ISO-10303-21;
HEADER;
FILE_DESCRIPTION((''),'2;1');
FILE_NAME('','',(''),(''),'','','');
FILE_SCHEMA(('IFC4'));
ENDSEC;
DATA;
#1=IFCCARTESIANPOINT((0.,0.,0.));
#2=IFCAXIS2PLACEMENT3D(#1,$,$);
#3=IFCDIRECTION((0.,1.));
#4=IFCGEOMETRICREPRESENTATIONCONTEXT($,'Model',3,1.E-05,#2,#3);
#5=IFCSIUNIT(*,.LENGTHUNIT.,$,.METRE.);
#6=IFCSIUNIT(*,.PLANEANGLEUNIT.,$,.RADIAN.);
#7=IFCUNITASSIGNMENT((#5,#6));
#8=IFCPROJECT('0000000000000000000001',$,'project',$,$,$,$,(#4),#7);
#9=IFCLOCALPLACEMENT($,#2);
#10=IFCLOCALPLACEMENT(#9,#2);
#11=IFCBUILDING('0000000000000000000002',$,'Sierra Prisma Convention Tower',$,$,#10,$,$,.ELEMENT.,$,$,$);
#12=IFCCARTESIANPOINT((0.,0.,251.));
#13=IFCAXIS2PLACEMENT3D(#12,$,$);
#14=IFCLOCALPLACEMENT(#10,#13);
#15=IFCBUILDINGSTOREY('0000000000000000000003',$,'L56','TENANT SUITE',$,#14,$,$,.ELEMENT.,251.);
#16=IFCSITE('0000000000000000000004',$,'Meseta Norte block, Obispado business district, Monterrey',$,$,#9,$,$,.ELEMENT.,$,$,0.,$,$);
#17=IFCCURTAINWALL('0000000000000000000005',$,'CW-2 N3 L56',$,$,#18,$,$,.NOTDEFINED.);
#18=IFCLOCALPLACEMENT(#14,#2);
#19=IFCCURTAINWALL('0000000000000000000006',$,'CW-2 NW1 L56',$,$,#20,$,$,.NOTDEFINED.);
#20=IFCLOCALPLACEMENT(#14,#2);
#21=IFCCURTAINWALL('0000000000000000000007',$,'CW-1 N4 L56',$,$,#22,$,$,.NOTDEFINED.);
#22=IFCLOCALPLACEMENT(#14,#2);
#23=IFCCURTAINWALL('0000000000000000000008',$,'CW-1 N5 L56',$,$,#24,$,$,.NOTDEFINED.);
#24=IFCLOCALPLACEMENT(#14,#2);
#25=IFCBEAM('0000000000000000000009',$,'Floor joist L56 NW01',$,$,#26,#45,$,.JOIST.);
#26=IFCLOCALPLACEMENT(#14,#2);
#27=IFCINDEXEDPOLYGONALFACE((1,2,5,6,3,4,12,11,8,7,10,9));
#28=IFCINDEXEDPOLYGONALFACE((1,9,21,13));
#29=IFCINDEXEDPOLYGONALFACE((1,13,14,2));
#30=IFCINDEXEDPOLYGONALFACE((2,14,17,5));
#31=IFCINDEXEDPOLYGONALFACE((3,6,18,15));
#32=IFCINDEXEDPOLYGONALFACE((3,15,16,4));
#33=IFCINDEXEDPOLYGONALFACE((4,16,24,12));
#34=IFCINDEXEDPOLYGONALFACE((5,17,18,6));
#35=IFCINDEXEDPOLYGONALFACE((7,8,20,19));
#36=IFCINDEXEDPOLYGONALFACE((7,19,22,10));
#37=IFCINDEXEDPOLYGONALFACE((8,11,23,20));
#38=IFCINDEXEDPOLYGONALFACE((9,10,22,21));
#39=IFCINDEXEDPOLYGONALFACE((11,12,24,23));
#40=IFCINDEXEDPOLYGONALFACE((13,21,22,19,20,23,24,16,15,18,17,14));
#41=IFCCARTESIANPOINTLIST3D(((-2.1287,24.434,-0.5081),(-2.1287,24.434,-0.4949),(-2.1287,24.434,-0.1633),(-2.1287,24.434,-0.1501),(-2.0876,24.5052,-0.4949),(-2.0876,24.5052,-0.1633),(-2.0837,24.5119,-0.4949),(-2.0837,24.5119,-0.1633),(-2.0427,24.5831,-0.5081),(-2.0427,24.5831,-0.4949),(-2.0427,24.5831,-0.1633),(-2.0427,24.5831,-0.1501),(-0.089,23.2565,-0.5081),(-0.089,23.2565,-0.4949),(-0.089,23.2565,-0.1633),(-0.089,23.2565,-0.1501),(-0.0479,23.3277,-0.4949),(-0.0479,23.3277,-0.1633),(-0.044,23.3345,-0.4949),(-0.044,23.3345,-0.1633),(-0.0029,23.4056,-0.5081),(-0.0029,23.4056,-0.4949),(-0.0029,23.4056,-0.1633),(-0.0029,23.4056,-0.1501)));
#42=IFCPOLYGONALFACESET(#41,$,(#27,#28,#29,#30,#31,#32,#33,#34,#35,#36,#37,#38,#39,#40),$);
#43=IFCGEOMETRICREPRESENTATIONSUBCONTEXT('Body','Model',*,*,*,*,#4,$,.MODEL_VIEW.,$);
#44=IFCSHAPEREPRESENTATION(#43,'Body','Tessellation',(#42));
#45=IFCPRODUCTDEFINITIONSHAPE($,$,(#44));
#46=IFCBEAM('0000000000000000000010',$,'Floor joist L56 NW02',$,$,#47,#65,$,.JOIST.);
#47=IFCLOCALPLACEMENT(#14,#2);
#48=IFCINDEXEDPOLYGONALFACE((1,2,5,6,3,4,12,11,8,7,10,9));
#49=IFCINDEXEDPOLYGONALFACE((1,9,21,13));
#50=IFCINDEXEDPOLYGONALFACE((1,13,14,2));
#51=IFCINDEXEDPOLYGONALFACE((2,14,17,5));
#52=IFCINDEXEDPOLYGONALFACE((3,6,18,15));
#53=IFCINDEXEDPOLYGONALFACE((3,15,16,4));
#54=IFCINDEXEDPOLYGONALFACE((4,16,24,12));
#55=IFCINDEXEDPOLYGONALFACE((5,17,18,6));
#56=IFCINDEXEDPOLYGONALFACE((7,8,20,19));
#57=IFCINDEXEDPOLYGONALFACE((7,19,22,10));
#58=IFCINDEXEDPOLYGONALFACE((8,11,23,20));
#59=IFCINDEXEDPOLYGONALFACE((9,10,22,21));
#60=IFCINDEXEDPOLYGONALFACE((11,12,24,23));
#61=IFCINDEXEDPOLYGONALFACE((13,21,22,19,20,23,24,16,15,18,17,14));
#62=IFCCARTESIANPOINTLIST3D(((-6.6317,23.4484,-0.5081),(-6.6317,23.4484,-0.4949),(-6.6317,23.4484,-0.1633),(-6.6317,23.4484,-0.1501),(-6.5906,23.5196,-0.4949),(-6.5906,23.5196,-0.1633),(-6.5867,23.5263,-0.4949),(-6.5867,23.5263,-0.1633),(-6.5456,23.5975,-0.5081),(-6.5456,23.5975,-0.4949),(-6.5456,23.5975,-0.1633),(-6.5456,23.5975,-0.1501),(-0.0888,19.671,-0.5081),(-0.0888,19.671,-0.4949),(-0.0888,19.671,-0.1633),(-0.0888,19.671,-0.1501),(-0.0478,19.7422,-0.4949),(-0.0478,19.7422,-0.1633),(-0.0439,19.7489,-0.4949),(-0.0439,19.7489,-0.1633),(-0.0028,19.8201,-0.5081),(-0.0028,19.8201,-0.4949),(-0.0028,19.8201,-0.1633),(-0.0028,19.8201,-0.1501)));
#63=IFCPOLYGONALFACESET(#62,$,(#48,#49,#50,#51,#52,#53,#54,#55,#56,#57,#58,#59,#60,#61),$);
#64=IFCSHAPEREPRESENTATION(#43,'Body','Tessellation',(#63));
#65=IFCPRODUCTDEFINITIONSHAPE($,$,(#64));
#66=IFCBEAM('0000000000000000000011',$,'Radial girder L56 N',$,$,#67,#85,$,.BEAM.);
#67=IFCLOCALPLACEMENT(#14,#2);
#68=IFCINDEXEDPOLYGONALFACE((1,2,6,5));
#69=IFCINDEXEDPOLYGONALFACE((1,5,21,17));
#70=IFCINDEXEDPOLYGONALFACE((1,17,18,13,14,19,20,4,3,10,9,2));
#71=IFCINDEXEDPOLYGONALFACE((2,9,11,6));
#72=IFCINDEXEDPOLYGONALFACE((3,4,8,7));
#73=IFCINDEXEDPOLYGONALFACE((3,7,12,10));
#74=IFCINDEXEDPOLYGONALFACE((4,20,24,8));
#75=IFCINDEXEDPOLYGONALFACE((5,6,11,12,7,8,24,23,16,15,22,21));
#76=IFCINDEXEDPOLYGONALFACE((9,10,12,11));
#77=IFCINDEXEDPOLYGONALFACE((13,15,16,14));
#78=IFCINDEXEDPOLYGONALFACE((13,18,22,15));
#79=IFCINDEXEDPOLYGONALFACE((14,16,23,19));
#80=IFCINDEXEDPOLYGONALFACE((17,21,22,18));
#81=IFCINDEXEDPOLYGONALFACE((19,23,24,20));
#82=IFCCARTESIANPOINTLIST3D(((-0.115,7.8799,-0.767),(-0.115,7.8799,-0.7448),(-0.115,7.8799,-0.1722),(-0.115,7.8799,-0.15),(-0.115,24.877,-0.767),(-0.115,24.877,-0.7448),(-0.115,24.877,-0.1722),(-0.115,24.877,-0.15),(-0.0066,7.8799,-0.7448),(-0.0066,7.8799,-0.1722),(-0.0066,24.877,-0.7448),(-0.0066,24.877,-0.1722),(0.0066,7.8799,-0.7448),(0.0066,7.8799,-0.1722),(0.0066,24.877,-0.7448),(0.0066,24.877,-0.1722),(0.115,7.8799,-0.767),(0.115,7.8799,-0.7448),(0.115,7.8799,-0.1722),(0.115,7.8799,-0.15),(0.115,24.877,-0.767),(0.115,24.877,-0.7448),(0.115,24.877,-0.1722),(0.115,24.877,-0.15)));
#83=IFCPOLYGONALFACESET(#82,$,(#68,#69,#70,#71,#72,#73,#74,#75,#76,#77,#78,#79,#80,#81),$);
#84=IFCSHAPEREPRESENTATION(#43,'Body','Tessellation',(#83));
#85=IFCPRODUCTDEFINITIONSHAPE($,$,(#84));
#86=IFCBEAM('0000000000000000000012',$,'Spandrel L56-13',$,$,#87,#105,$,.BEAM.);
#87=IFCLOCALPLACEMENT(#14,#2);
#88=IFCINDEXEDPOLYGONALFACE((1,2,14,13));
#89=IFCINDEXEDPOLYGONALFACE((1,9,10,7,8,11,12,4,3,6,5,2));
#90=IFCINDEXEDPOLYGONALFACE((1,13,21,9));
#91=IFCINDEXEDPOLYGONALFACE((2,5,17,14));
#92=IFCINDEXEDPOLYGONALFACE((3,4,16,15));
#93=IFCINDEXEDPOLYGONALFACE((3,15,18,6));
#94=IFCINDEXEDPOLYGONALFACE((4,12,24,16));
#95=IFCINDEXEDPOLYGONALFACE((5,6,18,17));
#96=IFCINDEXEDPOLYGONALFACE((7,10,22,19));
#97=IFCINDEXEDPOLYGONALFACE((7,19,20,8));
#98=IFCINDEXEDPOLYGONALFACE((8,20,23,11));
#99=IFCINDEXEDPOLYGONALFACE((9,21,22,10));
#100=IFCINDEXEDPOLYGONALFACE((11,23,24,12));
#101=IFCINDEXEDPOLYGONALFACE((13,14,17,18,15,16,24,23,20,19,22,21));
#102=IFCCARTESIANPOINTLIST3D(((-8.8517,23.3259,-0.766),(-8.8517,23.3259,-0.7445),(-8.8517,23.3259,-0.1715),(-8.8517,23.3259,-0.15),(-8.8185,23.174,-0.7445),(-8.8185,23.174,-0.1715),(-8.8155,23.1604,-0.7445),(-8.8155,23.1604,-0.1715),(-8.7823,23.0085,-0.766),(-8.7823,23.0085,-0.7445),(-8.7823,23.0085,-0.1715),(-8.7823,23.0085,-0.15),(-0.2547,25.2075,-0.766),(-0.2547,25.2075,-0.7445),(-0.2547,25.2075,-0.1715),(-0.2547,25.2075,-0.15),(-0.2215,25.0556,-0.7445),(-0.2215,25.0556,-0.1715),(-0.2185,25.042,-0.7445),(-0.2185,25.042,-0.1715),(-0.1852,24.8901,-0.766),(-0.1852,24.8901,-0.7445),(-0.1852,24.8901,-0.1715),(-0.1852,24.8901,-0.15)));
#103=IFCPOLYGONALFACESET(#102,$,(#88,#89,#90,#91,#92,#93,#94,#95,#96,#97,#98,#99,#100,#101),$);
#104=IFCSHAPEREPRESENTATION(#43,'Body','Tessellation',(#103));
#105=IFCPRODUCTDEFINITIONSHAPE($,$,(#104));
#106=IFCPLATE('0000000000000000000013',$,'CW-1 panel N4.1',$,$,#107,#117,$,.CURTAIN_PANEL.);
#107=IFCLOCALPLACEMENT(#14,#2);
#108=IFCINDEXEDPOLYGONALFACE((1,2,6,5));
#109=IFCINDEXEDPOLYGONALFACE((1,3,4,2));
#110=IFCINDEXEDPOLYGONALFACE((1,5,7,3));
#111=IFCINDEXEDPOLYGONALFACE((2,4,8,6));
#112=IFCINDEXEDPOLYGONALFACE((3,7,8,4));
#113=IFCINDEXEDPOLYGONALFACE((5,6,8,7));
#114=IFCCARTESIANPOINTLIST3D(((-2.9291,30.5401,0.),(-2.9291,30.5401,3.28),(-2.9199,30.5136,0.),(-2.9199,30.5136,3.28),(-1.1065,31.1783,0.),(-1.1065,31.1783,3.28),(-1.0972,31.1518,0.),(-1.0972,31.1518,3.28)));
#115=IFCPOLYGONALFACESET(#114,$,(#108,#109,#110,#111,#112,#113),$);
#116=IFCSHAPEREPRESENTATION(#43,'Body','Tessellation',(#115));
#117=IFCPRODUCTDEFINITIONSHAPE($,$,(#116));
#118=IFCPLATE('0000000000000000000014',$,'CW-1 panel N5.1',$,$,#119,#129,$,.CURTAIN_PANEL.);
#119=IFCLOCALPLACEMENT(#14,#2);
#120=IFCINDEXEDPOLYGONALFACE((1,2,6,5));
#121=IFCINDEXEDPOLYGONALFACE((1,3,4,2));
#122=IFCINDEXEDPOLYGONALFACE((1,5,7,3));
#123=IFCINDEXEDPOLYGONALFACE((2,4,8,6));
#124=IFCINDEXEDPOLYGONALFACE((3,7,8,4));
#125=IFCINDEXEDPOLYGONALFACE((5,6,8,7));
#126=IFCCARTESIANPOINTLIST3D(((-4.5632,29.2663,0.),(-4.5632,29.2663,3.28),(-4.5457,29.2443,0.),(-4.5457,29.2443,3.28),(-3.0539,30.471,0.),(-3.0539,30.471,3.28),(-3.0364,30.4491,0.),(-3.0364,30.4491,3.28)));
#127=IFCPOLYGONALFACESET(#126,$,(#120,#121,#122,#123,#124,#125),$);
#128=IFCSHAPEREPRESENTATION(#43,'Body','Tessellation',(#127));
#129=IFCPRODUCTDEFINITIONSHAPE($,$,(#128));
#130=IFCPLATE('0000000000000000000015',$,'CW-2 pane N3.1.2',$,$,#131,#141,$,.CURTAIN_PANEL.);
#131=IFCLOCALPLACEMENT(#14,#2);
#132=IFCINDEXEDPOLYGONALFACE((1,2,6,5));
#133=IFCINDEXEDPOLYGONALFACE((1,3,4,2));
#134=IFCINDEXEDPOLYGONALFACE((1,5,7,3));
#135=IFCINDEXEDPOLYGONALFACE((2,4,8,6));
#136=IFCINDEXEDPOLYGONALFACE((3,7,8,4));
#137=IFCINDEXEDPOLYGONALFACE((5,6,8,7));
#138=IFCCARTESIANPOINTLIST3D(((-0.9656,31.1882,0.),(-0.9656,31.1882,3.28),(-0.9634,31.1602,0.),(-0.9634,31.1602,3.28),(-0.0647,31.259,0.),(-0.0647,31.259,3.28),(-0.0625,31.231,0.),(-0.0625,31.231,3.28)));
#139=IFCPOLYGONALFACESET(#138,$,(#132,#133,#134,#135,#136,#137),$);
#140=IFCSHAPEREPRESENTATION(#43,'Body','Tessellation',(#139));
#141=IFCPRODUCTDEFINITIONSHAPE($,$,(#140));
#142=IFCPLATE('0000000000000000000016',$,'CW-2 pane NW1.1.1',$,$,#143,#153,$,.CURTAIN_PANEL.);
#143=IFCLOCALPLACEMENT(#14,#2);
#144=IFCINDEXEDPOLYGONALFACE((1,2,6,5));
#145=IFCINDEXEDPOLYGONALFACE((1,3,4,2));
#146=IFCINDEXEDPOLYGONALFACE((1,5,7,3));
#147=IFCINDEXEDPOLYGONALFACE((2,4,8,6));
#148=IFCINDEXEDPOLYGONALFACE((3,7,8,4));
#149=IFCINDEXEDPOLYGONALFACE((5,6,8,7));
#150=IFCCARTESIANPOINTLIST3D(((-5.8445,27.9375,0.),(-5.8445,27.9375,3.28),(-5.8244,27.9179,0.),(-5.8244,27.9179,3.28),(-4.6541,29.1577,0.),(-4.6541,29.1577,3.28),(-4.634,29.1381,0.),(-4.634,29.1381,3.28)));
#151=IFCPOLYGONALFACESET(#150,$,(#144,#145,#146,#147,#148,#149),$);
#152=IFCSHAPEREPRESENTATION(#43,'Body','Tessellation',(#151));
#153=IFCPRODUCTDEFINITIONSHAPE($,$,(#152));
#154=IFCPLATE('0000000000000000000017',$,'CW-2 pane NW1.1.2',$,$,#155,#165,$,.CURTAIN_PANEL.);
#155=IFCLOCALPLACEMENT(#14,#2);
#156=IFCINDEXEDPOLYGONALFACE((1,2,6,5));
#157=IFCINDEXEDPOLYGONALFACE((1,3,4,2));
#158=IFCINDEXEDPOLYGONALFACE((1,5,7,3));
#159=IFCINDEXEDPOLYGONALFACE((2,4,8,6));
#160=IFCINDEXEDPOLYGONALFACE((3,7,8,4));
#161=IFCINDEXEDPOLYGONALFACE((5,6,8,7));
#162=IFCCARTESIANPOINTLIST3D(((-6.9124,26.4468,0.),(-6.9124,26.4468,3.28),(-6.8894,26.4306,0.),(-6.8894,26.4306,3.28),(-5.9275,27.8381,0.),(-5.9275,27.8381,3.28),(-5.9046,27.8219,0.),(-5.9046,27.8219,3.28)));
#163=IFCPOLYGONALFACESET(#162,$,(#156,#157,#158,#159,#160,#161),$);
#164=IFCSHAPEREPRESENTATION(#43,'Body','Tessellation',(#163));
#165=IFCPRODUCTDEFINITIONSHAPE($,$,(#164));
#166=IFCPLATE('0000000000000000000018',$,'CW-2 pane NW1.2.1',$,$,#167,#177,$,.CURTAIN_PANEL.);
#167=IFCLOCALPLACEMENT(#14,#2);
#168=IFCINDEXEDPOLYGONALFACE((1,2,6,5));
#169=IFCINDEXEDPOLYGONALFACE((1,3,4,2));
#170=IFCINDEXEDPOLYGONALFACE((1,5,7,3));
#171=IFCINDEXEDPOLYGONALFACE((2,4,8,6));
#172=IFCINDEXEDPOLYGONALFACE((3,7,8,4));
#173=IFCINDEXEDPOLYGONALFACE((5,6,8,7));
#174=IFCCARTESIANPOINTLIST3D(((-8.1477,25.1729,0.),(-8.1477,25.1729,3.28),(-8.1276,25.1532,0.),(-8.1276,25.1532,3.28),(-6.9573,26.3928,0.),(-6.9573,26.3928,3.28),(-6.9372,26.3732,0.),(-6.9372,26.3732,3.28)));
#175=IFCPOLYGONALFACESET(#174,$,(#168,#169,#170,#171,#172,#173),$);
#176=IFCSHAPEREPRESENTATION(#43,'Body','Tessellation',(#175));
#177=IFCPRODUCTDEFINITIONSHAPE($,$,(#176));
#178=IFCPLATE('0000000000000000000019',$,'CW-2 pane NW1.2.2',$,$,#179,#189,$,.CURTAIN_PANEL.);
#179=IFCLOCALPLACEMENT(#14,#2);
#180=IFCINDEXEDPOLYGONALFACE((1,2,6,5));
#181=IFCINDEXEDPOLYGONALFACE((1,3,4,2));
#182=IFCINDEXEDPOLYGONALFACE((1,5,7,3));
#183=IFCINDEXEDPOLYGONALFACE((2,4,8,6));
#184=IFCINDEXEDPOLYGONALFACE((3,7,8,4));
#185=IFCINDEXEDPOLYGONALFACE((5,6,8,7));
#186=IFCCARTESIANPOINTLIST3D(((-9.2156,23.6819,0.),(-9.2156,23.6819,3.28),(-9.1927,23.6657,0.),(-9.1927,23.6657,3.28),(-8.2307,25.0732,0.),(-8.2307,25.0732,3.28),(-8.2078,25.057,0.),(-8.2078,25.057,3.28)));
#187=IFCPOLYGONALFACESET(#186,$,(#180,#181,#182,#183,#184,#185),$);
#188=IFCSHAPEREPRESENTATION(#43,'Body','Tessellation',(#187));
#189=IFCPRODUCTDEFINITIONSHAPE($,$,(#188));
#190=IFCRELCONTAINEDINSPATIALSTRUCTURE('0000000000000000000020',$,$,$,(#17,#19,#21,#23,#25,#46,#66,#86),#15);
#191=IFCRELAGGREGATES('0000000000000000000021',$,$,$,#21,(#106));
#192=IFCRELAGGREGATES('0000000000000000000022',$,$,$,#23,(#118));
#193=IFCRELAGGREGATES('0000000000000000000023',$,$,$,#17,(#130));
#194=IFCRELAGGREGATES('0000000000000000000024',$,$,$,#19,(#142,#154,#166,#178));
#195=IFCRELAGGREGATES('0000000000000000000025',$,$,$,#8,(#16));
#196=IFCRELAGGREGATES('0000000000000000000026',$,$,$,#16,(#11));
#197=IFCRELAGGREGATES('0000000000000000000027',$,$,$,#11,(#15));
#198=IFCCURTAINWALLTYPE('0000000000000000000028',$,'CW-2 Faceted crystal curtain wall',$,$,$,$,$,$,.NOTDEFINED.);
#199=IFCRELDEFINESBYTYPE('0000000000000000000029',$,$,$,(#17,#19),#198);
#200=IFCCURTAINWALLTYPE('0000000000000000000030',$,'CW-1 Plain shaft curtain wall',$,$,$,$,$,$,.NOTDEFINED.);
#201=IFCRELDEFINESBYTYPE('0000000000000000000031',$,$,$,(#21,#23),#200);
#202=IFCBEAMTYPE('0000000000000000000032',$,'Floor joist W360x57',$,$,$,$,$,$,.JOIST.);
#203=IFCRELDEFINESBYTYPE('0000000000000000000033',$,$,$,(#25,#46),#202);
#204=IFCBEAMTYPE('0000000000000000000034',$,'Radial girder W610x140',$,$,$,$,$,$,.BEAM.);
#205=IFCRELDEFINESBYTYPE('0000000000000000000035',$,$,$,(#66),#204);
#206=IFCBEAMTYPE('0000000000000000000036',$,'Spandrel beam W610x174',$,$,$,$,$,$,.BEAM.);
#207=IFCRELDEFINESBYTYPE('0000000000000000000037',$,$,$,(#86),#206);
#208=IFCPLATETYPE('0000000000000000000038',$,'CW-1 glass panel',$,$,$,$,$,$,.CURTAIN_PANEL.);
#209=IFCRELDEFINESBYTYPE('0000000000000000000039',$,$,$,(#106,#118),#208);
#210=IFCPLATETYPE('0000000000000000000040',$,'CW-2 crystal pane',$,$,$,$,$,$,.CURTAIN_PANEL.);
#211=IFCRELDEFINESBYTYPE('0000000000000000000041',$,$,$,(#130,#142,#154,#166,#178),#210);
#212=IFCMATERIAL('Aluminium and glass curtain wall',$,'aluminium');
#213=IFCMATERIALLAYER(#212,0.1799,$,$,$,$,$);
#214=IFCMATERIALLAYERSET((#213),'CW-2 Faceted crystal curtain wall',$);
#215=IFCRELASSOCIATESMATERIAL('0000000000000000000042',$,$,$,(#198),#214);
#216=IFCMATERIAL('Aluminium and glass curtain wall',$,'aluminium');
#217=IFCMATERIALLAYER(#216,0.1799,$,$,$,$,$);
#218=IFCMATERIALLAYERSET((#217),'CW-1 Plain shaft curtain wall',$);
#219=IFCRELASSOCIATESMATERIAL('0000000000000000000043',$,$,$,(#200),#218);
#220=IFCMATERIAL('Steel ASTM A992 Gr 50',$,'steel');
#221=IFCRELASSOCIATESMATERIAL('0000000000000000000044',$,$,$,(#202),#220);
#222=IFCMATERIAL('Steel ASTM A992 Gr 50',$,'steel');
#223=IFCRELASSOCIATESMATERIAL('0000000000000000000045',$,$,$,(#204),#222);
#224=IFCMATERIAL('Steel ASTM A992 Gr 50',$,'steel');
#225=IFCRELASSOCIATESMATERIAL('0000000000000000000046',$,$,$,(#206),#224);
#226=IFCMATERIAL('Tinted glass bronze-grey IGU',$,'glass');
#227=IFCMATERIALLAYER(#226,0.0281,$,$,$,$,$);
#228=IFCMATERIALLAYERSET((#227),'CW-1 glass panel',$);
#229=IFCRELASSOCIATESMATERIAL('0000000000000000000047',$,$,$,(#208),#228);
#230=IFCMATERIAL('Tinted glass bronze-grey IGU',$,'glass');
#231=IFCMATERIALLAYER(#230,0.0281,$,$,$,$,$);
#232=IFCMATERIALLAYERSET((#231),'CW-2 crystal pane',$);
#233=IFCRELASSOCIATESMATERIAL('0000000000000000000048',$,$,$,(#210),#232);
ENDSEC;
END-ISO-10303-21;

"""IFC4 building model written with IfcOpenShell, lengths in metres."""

from ifc_helpers import new_model, si_unit, direction, frame, origin, origin_2d, place, context, subcontext, project, spatial, polyline, rectangle, i_section, outline, extrude, material, layer, layer_set, material_profile, profile_set, type_object, element, aggregate, save


model = new_model("IFC4")

# Units and contexts
model_context = context("Model", 3, precision=1e-05, world=origin(), true_north=direction((0.0, 1.0)))
body_context = subcontext(model_context, "Body", "Model", "MODEL_VIEW")
ifc_project = project(units=[si_unit("LENGTHUNIT", "METRE"), si_unit("PLANEANGLEUNIT", "RADIAN")], contexts=[model_context])

# Site, building, storey
site_placement = place(None, origin())
site = spatial("IfcSite", under=ifc_project, at=site_placement, Name="Meseta Norte block, Obispado business district, Monterrey", CompositionType="ELEMENT", RefElevation=0.0)
building_placement = place(site_placement, origin())
building = spatial("IfcBuilding", under=site, at=building_placement, Name="Sierra Prisma Convention Tower", CompositionType="ELEMENT")
storey_placement = place(building_placement, frame((0.0, 0.0, 251.0)))
storey = spatial("IfcBuildingStorey", under=building, at=storey_placement, Name="L56", Description="TENANT SUITE", CompositionType="ELEMENT", Elevation=251.0)

# Curtain wall
ifc_material_1 = material(Name="Aluminium and glass curtain wall", Category="aluminium")
ifc_layer_1 = layer(ifc_material_1, 0.1799)
ifc_layer_set_1 = layer_set([ifc_layer_1], Name="CW-2 Faceted crystal curtain wall")
curtain_wall_type_1 = type_object("IfcCurtainWallType", Name="CW-2 Faceted crystal curtain wall", PredefinedType="NOTDEFINED", material=ifc_layer_set_1)
curtain_wall_1_placement = place(storey_placement, origin())
curtain_wall_1 = element("IfcCurtainWall", 1, at=curtain_wall_1_placement, inside=storey, type_object=curtain_wall_type_1, Name="CW-2 N3 L56", PredefinedType="NOTDEFINED")

# Curtain wall
curtain_wall_2_placement = place(storey_placement, origin())
curtain_wall_2 = element("IfcCurtainWall", 2, at=curtain_wall_2_placement, inside=storey, type_object=curtain_wall_type_1, Name="CW-2 NW1 L56", PredefinedType="NOTDEFINED")

# Curtain walls
ifc_material_2 = material(Name="Aluminium and glass curtain wall", Category="aluminium")
ifc_layer_2 = layer(ifc_material_2, 0.1799)
ifc_layer_set_2 = layer_set([ifc_layer_2], Name="CW-1 Plain shaft curtain wall")
curtain_wall_type_2 = type_object("IfcCurtainWallType", Name="CW-1 Plain shaft curtain wall", PredefinedType="NOTDEFINED", material=ifc_layer_set_2)
curtain_wall_3_placement = place(storey_placement, origin())
curtain_wall_3 = element("IfcCurtainWall", 3, at=curtain_wall_3_placement, inside=storey, type_object=curtain_wall_type_2, Name="CW-1 N4 L56", PredefinedType="NOTDEFINED")
curtain_wall_4_placement = place(storey_placement, origin())
curtain_wall_4 = element("IfcCurtainWall", 4, at=curtain_wall_4_placement, inside=storey, type_object=curtain_wall_type_2, Name="CW-1 N5 L56", PredefinedType="NOTDEFINED")

# Beams
ifc_material_3 = material(Name="Steel ASTM A992 Gr 50", Category="steel")
ifc_material_profile_1 = material_profile(ifc_material_3, i_section(OverallWidth=0.1721, OverallDepth=0.3579, WebThickness=0.0078, FlangeThickness=0.0132, at=origin_2d()), Name="W360x57")
ifc_profile_set_1 = profile_set([ifc_material_profile_1], Name="Steel ASTM A992 Gr 50")
beam_type_1 = type_object("IfcBeamType", Name="Floor joist W360x57", PredefinedType="JOIST", material=ifc_profile_set_1)
beam_1_placement = place(storey_placement, frame((-2.0857, 24.5085, -0.3291), z_axis=(0.86606, -0.499941, 0.0), x_axis=(0.499941, 0.86606, 0.0)))
element("IfcBeam", 5, at=beam_1_placement, inside=storey, type_object=beam_type_1, Name="Floor joist L56 NW01", PredefinedType="JOIST", context=body_context, shape_type="SweptSolid", body=[
    extrude(i_section(OverallWidth=0.1721, OverallDepth=0.3579, WebThickness=0.0078, FlangeThickness=0.0132, at=origin_2d()), origin(), (0.0, 0.0, 1.0), 2.3552),
])
beam_2_placement = place(storey_placement, frame((-6.5886, 23.5229, -0.3291), z_axis=(0.866031, -0.49999, 0.0), x_axis=(0.49999, 0.866031, 0.0)))
element("IfcBeam", 6, at=beam_2_placement, inside=storey, type_object=beam_type_1, Name="Floor joist L56 NW02", PredefinedType="JOIST", context=body_context, shape_type="SweptSolid", body=[
    extrude(i_section(OverallWidth=0.1721, OverallDepth=0.3579, WebThickness=0.0078, FlangeThickness=0.0132, at=origin_2d()), origin(), (0.0, 0.0, 1.0), 7.5549),
])
ifc_material_4 = material(Name="Steel ASTM A992 Gr 50", Category="steel")
ifc_material_profile_2 = material_profile(ifc_material_4, i_section(OverallWidth=0.23, OverallDepth=0.6169, WebThickness=0.0132, FlangeThickness=0.0222, at=origin_2d()), Name="W610x140")
ifc_profile_set_2 = profile_set([ifc_material_profile_2], Name="Steel ASTM A992 Gr 50")
beam_type_2 = type_object("IfcBeamType", Name="Radial girder W610x140", PredefinedType="BEAM", material=ifc_profile_set_2)
beam_3_placement = place(storey_placement, frame((0.0, 24.877, -0.4585), z_axis=(0.0, -1.0, 0.0), x_axis=(1.0, 0.0, 0.0)))
element("IfcBeam", 7, at=beam_3_placement, inside=storey, type_object=beam_type_2, Name="Radial girder L56 N", PredefinedType="BEAM", context=body_context, shape_type="SweptSolid", body=[
    extrude(i_section(OverallWidth=0.23, OverallDepth=0.6169, WebThickness=0.0132, FlangeThickness=0.0222, at=origin_2d()), origin(), (0.0, 0.0, 1.0), 16.9971),
])
ifc_material_5 = material(Name="Steel ASTM A992 Gr 50", Category="steel")
ifc_material_profile_3 = material_profile(ifc_material_5, i_section(OverallWidth=0.325, OverallDepth=0.616, WebThickness=0.0139, FlangeThickness=0.0215, at=origin_2d()), Name="W610x174")
ifc_profile_set_3 = profile_set([ifc_material_profile_3], Name="Steel ASTM A992 Gr 50")
beam_type_3 = type_object("IfcBeamType", Name="Spandrel beam W610x174", PredefinedType="BEAM", material=ifc_profile_set_3)
beam_4_placement = place(storey_placement, frame((-0.22, 25.0488, -0.458), z_axis=(-0.976876, -0.213807, 0.0), x_axis=(0.213807, -0.976876, 0.0)))
element("IfcBeam", 8, at=beam_4_placement, inside=storey, type_object=beam_type_3, Name="Spandrel L56-13", PredefinedType="BEAM", context=body_context, shape_type="SweptSolid", body=[
    extrude(i_section(OverallWidth=0.325, OverallDepth=0.616, WebThickness=0.0139, FlangeThickness=0.0215, at=origin_2d()), origin(), (0.0, 0.0, 1.0), 8.8005),
])

# Plates
ifc_material_6 = material(Name="Tinted glass bronze-grey IGU", Category="glass")
ifc_layer_3 = layer(ifc_material_6, 0.0281)
ifc_layer_set_3 = layer_set([ifc_layer_3], Name="CW-1 glass panel")
plate_type_1 = type_object("IfcPlateType", Name="CW-1 glass panel", PredefinedType="CURTAIN_PANEL", material=ifc_layer_set_3)
plate_1_placement = place(storey_placement, frame((-2.0132, 30.8459, 0.0), z_axis=(0.0, 0.0, 1.0), x_axis=(-0.94381, -0.330489, 0.0)))
plate_1 = element("IfcPlate", 9, at=plate_1_placement, type_object=plate_type_1, Name="CW-1 panel N4.1", PredefinedType="CURTAIN_PANEL", context=body_context, shape_type="SweptSolid", body=[
    extrude(rectangle(XDim=1.9312, YDim=0.0281, at=origin_2d()), origin(), (0.0, 0.0, 1.0), 3.28),
])
aggregate(curtain_wall_3, [plate_1])
plate_2_placement = place(storey_placement, frame((-3.7998, 29.8577, 0.0), z_axis=(0.0, 0.0, 1.0), x_axis=(-0.781554, -0.623838, 0.0)))
plate_2 = element("IfcPlate", 10, at=plate_2_placement, type_object=plate_type_1, Name="CW-1 panel N5.1", PredefinedType="CURTAIN_PANEL", context=body_context, shape_type="SweptSolid", body=[
    extrude(rectangle(XDim=1.9312, YDim=0.0281, at=origin_2d()), origin(), (0.0, 0.0, 1.0), 3.28),
])
aggregate(curtain_wall_4, [plate_2])
ifc_material_7 = material(Name="Tinted glass bronze-grey IGU", Category="glass")
ifc_layer_4 = layer(ifc_material_7, 0.0281)
ifc_layer_set_4 = layer_set([ifc_layer_4], Name="CW-2 crystal pane")
plate_type_2 = type_object("IfcPlateType", Name="CW-2 crystal pane", PredefinedType="CURTAIN_PANEL", material=ifc_layer_set_4)
plate_3_placement = place(storey_placement, frame((-0.9656, 31.1882, 0.0), z_axis=(-0.078349, 0.996926, 0.0), x_axis=(0.996926, 0.078349, 0.0)))
plate_3 = element("IfcPlate", 11, at=plate_3_placement, type_object=plate_type_2, Name="CW-2 pane N3.1.2", PredefinedType="CURTAIN_PANEL", context=body_context, shape_type="SweptSolid", body=[
    extrude(outline(polyline([(0.0, 0.0), (0.9037, 0.0), (0.9037, -3.28), (0.0, -3.28), (0.0, 0.0)])), origin(), (0.0, 0.0, -1.0), 0.0281),
])
aggregate(curtain_wall_1, [plate_3])
plate_4_placement = place(storey_placement, frame((-4.6541, 29.1577, 0.0), z_axis=(-0.715789, 0.698317, 0.0), x_axis=(-0.698317, -0.715789, 0.0)))
plate_4 = element("IfcPlate", 12, at=plate_4_placement, type_object=plate_type_2, Name="CW-2 pane NW1.1.1", PredefinedType="CURTAIN_PANEL", context=body_context, shape_type="SweptSolid", body=[
    extrude(outline(polyline([(0.0, 0.0), (1.7047, 0.0), (1.7047, 3.28), (0.0, 3.28), (0.0, 0.0)])), origin(), (0.0, 0.0, -1.0), 0.0281),
])
plate_5_placement = place(storey_placement, frame((-6.9124, 26.4468, 0.0), z_axis=(-0.816213, 0.577751, 0.0), x_axis=(0.577751, 0.816213, 0.0)))
plate_5 = element("IfcPlate", 13, at=plate_5_placement, type_object=plate_type_2, Name="CW-2 pane NW1.1.2", PredefinedType="CURTAIN_PANEL", context=body_context, shape_type="SweptSolid", body=[
    extrude(outline(polyline([(0.0, 0.0), (1.7046, 0.0), (1.7046, -3.28), (0.0, -3.28), (0.0, 0.0)])), origin(), (0.0, 0.0, -1.0), 0.0281),
])
plate_6_placement = place(storey_placement, frame((-6.9573, 26.3928, 0.0), z_axis=(-0.715719, 0.698388, 0.0), x_axis=(-0.698388, -0.715719, 0.0)))
plate_6 = element("IfcPlate", 14, at=plate_6_placement, type_object=plate_type_2, Name="CW-2 pane NW1.2.1", PredefinedType="CURTAIN_PANEL", context=body_context, shape_type="SweptSolid", body=[
    extrude(outline(polyline([(0.0, 0.0), (1.7045, 0.0), (1.7045, 3.28), (0.0, 3.28), (0.0, 0.0)])), origin(), (0.0, 0.0, -1.0), 0.0281),
])
plate_7_placement = place(storey_placement, frame((-9.2156, 23.6819, 0.0), z_axis=(-0.816213, 0.577751, 0.0), x_axis=(0.577751, 0.816213, 0.0)))
plate_7 = element("IfcPlate", 15, at=plate_7_placement, type_object=plate_type_2, Name="CW-2 pane NW1.2.2", PredefinedType="CURTAIN_PANEL", context=body_context, shape_type="SweptSolid", body=[
    extrude(outline(polyline([(0.0, 0.0), (1.7046, 0.0), (1.7046, -3.28), (0.0, -3.28), (0.0, 0.0)])), origin(), (0.0, 0.0, -1.0), 0.0281),
])
aggregate(curtain_wall_2, [plate_4, plate_5, plate_6, plate_7])

save(model, "model.ifc")
